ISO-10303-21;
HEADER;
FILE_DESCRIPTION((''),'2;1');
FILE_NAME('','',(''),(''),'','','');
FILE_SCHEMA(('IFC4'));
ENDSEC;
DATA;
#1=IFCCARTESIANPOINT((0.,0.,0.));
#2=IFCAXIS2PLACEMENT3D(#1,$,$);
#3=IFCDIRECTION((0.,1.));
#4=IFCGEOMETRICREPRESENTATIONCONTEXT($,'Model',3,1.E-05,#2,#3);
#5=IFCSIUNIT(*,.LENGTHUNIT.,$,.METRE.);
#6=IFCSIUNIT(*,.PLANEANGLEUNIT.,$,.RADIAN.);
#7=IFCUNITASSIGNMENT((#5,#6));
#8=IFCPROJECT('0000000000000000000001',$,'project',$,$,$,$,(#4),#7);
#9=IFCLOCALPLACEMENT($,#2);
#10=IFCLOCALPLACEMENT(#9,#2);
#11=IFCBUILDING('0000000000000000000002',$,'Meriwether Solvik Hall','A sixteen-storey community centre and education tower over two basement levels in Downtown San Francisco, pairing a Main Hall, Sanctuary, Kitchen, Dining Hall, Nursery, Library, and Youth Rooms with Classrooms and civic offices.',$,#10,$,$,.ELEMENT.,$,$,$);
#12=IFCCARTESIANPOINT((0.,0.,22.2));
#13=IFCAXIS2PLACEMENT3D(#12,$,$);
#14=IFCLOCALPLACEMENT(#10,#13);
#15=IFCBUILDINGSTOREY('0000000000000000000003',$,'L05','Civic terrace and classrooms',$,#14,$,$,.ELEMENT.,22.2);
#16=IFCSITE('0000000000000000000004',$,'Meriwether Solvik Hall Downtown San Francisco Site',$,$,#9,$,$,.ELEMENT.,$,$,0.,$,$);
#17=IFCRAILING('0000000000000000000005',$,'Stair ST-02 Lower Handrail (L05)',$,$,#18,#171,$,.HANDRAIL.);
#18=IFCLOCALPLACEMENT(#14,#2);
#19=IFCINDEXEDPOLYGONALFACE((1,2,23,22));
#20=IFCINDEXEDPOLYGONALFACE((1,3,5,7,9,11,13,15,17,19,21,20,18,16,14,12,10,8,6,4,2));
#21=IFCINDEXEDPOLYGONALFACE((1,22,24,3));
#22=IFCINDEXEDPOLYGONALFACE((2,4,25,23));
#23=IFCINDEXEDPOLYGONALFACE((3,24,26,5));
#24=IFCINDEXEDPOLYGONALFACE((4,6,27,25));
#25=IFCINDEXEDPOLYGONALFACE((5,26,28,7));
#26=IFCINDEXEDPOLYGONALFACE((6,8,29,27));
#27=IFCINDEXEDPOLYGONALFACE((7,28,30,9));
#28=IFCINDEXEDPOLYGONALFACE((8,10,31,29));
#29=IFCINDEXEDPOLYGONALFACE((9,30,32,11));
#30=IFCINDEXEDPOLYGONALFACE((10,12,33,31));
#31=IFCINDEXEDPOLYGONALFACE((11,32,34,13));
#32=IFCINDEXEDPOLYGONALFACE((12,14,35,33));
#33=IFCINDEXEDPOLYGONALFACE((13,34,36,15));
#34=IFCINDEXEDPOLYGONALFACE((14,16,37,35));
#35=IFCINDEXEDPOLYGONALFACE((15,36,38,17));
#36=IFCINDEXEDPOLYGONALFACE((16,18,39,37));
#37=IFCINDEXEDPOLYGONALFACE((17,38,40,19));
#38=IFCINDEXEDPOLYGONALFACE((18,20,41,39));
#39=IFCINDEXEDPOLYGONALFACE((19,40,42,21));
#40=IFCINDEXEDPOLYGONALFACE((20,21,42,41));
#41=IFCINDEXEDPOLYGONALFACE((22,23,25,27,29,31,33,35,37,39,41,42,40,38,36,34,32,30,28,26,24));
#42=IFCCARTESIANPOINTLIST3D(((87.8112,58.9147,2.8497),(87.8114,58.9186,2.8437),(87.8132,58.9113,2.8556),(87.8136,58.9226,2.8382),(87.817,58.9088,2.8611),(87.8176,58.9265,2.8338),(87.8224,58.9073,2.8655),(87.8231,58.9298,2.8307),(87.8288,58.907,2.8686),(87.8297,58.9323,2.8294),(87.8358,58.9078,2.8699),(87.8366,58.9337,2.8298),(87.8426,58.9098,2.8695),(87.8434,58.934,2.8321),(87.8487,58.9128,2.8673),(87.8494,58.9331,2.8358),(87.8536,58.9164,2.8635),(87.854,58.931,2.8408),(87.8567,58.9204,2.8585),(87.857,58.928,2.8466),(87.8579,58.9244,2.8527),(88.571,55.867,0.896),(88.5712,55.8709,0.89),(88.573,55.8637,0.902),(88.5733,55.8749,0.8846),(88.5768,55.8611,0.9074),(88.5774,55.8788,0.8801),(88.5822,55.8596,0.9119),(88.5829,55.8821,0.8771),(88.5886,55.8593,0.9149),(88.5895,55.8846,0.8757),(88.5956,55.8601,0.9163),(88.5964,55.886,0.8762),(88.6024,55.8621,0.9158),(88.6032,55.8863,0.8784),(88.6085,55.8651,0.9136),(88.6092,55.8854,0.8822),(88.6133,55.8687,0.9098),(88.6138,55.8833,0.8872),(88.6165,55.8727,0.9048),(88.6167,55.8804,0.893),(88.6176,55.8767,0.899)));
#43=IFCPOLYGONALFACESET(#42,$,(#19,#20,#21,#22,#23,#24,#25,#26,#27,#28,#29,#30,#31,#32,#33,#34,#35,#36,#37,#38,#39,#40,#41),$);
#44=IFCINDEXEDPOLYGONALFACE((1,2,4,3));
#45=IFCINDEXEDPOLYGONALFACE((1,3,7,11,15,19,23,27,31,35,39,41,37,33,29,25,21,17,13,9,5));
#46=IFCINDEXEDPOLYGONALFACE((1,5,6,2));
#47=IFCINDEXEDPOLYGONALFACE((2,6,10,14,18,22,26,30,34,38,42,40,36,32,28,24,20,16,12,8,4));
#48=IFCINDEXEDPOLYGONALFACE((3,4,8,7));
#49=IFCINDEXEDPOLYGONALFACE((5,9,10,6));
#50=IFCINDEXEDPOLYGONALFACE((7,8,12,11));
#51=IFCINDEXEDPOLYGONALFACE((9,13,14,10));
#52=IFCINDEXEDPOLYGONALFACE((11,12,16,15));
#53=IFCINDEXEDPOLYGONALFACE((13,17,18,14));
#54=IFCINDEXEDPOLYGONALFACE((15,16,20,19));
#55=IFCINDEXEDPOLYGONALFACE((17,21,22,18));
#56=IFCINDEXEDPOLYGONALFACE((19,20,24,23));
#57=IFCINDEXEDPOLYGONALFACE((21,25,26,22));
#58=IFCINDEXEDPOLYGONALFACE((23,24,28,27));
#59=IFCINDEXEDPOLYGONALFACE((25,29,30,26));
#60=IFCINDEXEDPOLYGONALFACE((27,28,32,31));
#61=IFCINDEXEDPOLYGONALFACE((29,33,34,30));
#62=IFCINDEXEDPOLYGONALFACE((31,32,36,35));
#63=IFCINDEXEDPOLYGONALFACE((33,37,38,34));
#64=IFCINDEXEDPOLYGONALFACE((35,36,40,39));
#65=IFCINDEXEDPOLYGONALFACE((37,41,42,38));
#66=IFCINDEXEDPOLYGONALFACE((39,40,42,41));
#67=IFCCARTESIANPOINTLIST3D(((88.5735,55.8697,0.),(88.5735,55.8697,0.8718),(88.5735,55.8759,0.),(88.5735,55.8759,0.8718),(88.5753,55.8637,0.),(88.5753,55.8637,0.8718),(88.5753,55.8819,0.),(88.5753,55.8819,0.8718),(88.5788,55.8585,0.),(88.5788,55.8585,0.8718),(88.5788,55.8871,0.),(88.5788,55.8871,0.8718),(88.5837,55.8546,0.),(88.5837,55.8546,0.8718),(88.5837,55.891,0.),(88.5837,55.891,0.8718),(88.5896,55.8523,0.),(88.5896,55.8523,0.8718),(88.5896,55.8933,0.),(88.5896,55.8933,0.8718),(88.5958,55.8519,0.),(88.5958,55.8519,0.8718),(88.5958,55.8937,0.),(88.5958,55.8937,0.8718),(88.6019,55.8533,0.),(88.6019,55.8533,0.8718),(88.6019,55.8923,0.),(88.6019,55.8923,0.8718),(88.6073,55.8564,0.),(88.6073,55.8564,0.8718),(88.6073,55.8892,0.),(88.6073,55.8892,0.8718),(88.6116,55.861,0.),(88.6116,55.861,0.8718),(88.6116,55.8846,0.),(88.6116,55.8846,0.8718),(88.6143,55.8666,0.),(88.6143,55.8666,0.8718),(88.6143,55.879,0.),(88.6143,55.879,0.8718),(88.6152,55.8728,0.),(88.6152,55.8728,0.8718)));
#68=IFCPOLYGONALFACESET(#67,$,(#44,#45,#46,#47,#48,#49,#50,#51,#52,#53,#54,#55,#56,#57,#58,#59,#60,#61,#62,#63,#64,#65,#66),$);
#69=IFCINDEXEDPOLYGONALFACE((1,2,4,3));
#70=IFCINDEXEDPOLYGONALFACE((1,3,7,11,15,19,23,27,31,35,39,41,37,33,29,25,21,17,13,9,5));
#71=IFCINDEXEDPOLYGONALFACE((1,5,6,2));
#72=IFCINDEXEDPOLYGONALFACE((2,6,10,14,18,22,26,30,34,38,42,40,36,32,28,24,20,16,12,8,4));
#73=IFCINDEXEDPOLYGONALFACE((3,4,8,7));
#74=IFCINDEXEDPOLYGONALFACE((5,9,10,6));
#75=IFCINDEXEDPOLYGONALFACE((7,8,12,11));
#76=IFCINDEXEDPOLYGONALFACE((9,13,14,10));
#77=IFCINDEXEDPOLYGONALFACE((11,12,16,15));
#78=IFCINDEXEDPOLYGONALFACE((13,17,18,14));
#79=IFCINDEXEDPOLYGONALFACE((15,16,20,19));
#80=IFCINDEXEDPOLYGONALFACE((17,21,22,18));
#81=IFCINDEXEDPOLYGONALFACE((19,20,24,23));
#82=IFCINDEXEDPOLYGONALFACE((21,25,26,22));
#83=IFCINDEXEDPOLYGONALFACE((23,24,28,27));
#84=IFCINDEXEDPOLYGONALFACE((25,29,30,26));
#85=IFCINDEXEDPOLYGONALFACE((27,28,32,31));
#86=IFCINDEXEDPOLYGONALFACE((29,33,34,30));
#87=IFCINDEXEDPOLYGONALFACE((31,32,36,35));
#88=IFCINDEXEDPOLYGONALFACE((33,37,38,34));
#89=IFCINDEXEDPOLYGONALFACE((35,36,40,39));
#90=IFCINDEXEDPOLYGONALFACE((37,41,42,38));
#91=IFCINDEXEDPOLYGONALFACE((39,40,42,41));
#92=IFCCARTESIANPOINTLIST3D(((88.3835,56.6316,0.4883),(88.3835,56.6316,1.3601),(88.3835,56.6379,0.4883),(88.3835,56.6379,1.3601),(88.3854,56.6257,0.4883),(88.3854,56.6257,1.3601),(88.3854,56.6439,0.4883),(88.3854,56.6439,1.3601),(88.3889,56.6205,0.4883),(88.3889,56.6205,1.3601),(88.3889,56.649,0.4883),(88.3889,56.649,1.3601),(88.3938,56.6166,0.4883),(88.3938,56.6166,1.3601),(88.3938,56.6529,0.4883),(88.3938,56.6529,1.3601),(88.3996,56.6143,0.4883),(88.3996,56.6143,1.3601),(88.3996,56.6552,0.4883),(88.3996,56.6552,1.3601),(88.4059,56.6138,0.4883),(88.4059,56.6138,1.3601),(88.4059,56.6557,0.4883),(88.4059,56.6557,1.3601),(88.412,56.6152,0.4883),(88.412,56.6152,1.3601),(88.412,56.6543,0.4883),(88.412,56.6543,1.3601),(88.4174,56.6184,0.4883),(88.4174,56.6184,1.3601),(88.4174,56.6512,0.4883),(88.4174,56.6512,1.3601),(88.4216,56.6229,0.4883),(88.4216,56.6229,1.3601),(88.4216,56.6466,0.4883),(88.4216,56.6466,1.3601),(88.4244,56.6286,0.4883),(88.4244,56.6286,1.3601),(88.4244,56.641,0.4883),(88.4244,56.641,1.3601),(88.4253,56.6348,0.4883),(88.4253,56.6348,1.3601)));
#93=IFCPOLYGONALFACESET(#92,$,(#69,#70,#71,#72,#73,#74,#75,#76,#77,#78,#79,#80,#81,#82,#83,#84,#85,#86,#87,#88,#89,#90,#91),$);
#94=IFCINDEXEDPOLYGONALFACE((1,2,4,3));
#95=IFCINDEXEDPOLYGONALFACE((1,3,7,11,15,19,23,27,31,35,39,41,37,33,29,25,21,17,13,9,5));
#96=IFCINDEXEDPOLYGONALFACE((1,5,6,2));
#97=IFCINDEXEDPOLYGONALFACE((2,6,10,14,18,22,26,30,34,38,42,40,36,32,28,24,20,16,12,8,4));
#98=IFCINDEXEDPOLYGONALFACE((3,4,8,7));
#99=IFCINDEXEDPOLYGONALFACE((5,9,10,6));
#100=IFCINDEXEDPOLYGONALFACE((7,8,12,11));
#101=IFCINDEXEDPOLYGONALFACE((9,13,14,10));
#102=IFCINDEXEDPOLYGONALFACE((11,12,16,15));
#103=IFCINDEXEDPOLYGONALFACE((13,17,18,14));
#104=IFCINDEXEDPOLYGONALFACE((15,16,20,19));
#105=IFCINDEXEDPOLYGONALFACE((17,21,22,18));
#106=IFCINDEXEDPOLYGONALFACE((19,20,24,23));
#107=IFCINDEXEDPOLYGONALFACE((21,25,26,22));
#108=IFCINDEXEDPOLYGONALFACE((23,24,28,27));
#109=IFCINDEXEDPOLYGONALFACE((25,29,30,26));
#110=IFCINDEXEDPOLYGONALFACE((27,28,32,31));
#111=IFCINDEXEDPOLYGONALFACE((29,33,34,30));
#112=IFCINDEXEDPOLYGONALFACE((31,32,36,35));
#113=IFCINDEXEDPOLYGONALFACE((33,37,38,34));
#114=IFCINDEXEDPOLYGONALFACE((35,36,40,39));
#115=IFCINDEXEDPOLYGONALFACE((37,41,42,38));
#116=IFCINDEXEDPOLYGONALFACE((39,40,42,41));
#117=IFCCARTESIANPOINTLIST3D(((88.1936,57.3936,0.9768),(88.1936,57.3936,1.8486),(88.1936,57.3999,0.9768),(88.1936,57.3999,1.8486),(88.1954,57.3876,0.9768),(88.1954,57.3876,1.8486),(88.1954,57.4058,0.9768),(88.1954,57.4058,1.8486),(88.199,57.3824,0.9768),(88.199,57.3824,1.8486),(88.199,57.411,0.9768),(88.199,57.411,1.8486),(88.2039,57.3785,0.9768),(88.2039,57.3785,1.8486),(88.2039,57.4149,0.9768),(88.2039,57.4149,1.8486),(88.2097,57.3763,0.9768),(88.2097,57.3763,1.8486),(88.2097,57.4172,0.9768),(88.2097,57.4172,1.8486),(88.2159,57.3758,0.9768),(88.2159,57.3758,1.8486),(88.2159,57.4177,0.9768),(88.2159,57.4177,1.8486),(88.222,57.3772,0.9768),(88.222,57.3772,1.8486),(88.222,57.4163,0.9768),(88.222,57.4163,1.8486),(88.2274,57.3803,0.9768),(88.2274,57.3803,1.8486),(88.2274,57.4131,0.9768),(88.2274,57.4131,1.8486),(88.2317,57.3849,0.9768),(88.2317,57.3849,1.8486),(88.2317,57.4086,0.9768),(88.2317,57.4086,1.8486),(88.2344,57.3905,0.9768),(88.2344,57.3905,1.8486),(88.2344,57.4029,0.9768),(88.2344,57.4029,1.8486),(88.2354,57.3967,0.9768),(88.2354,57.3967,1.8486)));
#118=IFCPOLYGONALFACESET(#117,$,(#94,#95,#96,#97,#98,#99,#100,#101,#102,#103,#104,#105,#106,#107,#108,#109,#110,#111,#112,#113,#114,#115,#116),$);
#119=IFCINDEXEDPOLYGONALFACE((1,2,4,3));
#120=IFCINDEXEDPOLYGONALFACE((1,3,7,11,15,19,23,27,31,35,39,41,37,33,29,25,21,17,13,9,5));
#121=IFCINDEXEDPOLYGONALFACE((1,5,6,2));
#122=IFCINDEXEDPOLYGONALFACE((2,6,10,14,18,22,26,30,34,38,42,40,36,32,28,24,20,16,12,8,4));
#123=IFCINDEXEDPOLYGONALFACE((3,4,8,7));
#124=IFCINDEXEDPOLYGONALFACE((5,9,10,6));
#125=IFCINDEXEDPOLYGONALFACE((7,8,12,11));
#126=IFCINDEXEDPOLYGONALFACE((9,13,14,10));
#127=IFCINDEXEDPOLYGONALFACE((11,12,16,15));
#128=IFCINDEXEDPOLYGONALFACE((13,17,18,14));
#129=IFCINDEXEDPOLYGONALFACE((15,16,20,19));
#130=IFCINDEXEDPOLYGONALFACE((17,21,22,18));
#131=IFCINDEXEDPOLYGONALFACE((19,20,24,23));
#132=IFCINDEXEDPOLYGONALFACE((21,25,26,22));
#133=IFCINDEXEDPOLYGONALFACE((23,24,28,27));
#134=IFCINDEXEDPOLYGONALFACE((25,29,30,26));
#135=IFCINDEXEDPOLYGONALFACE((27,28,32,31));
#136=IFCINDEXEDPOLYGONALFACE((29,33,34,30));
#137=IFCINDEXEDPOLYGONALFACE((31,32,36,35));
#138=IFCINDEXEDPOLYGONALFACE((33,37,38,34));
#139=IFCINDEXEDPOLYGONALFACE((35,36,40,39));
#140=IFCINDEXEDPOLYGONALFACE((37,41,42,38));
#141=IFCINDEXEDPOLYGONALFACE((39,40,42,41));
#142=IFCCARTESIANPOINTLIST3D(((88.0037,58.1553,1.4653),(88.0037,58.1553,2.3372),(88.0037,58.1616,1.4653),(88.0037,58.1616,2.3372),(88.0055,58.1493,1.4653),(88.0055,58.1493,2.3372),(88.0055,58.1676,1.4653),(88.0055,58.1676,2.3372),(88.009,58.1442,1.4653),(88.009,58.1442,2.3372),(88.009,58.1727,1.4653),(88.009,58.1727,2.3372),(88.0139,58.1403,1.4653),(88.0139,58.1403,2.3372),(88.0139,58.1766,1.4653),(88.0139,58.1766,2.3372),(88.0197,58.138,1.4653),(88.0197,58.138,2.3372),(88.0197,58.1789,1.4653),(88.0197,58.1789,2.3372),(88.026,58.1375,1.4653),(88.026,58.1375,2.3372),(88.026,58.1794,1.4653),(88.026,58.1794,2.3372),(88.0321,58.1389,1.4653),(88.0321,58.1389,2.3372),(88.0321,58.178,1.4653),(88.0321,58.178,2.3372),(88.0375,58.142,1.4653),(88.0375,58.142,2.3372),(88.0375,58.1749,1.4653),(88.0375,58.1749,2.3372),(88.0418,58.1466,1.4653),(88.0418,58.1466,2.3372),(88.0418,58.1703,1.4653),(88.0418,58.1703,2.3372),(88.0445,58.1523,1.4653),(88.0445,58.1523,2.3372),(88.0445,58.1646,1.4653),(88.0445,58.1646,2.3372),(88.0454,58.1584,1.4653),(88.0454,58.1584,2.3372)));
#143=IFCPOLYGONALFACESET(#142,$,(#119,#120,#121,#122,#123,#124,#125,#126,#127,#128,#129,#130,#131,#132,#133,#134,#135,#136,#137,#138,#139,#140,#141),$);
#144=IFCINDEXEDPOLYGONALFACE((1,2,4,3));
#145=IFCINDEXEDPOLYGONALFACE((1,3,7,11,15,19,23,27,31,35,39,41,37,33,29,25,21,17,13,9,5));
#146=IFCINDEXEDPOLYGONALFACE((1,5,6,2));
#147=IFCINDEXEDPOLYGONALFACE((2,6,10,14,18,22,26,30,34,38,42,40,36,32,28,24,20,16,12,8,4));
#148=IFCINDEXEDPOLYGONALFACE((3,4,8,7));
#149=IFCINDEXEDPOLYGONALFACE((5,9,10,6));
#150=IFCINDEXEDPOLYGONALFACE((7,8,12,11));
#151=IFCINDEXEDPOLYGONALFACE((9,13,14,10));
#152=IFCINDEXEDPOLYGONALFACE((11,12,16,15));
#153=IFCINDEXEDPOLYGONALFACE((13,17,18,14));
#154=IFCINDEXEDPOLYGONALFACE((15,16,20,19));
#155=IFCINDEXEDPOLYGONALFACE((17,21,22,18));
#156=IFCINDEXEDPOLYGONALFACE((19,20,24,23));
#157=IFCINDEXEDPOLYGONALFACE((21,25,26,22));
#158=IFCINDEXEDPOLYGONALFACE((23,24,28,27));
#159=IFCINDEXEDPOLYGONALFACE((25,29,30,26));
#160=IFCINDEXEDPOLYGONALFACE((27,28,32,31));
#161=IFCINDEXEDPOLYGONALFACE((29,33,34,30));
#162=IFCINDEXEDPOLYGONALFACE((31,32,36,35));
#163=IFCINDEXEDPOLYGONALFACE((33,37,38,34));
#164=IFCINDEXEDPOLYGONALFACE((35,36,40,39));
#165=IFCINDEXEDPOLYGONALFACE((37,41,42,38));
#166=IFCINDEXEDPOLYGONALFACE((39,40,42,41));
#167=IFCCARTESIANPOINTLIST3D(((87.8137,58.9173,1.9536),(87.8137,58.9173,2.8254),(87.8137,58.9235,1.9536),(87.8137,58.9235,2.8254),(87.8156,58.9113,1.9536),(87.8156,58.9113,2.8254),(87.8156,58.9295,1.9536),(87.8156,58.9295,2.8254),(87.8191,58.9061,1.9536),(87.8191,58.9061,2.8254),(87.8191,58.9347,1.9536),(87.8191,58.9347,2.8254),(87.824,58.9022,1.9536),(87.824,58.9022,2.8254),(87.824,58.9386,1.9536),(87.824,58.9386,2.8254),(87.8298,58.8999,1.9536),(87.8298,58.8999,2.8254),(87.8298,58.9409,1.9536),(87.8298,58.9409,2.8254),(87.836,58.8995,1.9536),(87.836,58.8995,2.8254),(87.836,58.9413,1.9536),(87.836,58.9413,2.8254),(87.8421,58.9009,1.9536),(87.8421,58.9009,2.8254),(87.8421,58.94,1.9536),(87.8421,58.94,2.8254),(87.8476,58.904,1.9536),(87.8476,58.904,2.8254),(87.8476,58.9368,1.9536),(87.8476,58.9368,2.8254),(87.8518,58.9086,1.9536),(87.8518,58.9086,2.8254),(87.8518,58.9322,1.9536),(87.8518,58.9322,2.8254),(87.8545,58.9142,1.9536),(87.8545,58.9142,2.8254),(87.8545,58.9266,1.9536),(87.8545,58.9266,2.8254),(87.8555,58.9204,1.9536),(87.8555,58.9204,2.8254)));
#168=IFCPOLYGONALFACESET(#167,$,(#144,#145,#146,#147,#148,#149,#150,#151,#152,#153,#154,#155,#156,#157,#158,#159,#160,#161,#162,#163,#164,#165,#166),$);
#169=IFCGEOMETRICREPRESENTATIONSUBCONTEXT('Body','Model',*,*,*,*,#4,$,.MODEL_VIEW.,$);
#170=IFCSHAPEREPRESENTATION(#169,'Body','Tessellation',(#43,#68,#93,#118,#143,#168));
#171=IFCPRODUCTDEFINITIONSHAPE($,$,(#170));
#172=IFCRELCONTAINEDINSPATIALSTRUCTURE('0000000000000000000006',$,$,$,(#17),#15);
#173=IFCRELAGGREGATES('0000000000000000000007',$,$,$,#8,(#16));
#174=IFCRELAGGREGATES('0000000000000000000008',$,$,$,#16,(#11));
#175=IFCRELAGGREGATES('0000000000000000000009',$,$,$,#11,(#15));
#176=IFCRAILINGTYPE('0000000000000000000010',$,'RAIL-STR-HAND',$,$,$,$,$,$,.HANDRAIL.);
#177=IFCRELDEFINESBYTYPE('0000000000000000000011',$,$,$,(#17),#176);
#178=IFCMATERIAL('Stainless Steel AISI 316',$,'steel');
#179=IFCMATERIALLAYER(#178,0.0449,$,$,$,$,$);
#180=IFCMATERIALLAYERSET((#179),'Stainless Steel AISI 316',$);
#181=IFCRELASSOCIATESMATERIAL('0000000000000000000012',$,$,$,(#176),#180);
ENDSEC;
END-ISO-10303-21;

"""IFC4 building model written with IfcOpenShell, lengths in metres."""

from ifc_helpers import new_model, si_unit, direction, frame, origin, origin_2d, place, context, subcontext, project, spatial, circle, extrude, material, layer, layer_set, type_object, element, save


model = new_model("IFC4")

# Units and contexts
model_context = context("Model", 3, precision=1e-05, world=origin(), true_north=direction((0.0, 1.0)))
body_context = subcontext(model_context, "Body", "Model", "MODEL_VIEW")
ifc_project = project(units=[si_unit("LENGTHUNIT", "METRE"), si_unit("PLANEANGLEUNIT", "RADIAN")], contexts=[model_context])

# Site, building, storey
site_placement = place(None, origin())
site = spatial("IfcSite", under=ifc_project, at=site_placement, Name="Meriwether Solvik Hall Downtown San Francisco Site", CompositionType="ELEMENT", RefElevation=0.0)
building_placement = place(site_placement, origin())
building = spatial("IfcBuilding", under=site, at=building_placement, Name="Meriwether Solvik Hall", Description="A sixteen-storey community centre and education tower over two basement levels in Downtown San Francisco, pairing a Main Hall, Sanctuary, Kitchen, Dining Hall, Nursery, Library, and Youth Rooms with Classrooms and civic offices.", CompositionType="ELEMENT")
storey_placement = place(building_placement, frame((0.0, 0.0, 22.2)))
storey = spatial("IfcBuildingStorey", under=building, at=storey_placement, Name="L05", Description="Civic terrace and classrooms", CompositionType="ELEMENT", Elevation=22.2)

# Railing
ifc_material_1 = material(Name="Stainless Steel AISI 316", Category="steel")
ifc_layer_1 = layer(ifc_material_1, 0.0449)
ifc_layer_set_1 = layer_set([ifc_layer_1], Name="Stainless Steel AISI 316")
railing_type_1 = type_object("IfcRailingType", Name="RAIL-STR-HAND", PredefinedType="HANDRAIL", material=ifc_layer_set_1)
railing_1_placement = place(storey_placement, frame((88.5942, 55.8728, 0.0)))
element("IfcRailing", 1, at=railing_1_placement, inside=storey, type_object=railing_type_1, Name="Stair ST-02 Lower Handrail (L05)", PredefinedType="HANDRAIL", context=body_context, shape_type="SweptSolid", body=[
    extrude(circle(Radius=0.0239, at=origin_2d()), frame((0.0, 0.0, 0.896), z_axis=(-0.205404, 0.823926, 0.528163), x_axis=(-0.970302, -0.241895, 0.0)), (0.0, 0.0, 1.0), 3.699),
    extrude(circle(Radius=0.021, at=origin_2d()), origin(), (0.0, 0.0, 1.0), 0.8718),
    extrude(circle(Radius=0.021, at=origin_2d()), frame((-0.1899, 0.762, 0.4883)), (0.0, 0.0, 1.0), 0.8718),
    extrude(circle(Radius=0.021, at=origin_2d()), frame((-0.3799, 1.5239, 0.9768)), (0.0, 0.0, 1.0), 0.8718),
    extrude(circle(Radius=0.021, at=origin_2d()), frame((-0.5698, 2.2856, 1.4653)), (0.0, 0.0, 1.0), 0.8718),
    extrude(circle(Radius=0.021, at=origin_2d()), frame((-0.7598, 3.0476, 1.9536)), (0.0, 0.0, 1.0), 0.8718),
])

save(model, "model.ifc")
